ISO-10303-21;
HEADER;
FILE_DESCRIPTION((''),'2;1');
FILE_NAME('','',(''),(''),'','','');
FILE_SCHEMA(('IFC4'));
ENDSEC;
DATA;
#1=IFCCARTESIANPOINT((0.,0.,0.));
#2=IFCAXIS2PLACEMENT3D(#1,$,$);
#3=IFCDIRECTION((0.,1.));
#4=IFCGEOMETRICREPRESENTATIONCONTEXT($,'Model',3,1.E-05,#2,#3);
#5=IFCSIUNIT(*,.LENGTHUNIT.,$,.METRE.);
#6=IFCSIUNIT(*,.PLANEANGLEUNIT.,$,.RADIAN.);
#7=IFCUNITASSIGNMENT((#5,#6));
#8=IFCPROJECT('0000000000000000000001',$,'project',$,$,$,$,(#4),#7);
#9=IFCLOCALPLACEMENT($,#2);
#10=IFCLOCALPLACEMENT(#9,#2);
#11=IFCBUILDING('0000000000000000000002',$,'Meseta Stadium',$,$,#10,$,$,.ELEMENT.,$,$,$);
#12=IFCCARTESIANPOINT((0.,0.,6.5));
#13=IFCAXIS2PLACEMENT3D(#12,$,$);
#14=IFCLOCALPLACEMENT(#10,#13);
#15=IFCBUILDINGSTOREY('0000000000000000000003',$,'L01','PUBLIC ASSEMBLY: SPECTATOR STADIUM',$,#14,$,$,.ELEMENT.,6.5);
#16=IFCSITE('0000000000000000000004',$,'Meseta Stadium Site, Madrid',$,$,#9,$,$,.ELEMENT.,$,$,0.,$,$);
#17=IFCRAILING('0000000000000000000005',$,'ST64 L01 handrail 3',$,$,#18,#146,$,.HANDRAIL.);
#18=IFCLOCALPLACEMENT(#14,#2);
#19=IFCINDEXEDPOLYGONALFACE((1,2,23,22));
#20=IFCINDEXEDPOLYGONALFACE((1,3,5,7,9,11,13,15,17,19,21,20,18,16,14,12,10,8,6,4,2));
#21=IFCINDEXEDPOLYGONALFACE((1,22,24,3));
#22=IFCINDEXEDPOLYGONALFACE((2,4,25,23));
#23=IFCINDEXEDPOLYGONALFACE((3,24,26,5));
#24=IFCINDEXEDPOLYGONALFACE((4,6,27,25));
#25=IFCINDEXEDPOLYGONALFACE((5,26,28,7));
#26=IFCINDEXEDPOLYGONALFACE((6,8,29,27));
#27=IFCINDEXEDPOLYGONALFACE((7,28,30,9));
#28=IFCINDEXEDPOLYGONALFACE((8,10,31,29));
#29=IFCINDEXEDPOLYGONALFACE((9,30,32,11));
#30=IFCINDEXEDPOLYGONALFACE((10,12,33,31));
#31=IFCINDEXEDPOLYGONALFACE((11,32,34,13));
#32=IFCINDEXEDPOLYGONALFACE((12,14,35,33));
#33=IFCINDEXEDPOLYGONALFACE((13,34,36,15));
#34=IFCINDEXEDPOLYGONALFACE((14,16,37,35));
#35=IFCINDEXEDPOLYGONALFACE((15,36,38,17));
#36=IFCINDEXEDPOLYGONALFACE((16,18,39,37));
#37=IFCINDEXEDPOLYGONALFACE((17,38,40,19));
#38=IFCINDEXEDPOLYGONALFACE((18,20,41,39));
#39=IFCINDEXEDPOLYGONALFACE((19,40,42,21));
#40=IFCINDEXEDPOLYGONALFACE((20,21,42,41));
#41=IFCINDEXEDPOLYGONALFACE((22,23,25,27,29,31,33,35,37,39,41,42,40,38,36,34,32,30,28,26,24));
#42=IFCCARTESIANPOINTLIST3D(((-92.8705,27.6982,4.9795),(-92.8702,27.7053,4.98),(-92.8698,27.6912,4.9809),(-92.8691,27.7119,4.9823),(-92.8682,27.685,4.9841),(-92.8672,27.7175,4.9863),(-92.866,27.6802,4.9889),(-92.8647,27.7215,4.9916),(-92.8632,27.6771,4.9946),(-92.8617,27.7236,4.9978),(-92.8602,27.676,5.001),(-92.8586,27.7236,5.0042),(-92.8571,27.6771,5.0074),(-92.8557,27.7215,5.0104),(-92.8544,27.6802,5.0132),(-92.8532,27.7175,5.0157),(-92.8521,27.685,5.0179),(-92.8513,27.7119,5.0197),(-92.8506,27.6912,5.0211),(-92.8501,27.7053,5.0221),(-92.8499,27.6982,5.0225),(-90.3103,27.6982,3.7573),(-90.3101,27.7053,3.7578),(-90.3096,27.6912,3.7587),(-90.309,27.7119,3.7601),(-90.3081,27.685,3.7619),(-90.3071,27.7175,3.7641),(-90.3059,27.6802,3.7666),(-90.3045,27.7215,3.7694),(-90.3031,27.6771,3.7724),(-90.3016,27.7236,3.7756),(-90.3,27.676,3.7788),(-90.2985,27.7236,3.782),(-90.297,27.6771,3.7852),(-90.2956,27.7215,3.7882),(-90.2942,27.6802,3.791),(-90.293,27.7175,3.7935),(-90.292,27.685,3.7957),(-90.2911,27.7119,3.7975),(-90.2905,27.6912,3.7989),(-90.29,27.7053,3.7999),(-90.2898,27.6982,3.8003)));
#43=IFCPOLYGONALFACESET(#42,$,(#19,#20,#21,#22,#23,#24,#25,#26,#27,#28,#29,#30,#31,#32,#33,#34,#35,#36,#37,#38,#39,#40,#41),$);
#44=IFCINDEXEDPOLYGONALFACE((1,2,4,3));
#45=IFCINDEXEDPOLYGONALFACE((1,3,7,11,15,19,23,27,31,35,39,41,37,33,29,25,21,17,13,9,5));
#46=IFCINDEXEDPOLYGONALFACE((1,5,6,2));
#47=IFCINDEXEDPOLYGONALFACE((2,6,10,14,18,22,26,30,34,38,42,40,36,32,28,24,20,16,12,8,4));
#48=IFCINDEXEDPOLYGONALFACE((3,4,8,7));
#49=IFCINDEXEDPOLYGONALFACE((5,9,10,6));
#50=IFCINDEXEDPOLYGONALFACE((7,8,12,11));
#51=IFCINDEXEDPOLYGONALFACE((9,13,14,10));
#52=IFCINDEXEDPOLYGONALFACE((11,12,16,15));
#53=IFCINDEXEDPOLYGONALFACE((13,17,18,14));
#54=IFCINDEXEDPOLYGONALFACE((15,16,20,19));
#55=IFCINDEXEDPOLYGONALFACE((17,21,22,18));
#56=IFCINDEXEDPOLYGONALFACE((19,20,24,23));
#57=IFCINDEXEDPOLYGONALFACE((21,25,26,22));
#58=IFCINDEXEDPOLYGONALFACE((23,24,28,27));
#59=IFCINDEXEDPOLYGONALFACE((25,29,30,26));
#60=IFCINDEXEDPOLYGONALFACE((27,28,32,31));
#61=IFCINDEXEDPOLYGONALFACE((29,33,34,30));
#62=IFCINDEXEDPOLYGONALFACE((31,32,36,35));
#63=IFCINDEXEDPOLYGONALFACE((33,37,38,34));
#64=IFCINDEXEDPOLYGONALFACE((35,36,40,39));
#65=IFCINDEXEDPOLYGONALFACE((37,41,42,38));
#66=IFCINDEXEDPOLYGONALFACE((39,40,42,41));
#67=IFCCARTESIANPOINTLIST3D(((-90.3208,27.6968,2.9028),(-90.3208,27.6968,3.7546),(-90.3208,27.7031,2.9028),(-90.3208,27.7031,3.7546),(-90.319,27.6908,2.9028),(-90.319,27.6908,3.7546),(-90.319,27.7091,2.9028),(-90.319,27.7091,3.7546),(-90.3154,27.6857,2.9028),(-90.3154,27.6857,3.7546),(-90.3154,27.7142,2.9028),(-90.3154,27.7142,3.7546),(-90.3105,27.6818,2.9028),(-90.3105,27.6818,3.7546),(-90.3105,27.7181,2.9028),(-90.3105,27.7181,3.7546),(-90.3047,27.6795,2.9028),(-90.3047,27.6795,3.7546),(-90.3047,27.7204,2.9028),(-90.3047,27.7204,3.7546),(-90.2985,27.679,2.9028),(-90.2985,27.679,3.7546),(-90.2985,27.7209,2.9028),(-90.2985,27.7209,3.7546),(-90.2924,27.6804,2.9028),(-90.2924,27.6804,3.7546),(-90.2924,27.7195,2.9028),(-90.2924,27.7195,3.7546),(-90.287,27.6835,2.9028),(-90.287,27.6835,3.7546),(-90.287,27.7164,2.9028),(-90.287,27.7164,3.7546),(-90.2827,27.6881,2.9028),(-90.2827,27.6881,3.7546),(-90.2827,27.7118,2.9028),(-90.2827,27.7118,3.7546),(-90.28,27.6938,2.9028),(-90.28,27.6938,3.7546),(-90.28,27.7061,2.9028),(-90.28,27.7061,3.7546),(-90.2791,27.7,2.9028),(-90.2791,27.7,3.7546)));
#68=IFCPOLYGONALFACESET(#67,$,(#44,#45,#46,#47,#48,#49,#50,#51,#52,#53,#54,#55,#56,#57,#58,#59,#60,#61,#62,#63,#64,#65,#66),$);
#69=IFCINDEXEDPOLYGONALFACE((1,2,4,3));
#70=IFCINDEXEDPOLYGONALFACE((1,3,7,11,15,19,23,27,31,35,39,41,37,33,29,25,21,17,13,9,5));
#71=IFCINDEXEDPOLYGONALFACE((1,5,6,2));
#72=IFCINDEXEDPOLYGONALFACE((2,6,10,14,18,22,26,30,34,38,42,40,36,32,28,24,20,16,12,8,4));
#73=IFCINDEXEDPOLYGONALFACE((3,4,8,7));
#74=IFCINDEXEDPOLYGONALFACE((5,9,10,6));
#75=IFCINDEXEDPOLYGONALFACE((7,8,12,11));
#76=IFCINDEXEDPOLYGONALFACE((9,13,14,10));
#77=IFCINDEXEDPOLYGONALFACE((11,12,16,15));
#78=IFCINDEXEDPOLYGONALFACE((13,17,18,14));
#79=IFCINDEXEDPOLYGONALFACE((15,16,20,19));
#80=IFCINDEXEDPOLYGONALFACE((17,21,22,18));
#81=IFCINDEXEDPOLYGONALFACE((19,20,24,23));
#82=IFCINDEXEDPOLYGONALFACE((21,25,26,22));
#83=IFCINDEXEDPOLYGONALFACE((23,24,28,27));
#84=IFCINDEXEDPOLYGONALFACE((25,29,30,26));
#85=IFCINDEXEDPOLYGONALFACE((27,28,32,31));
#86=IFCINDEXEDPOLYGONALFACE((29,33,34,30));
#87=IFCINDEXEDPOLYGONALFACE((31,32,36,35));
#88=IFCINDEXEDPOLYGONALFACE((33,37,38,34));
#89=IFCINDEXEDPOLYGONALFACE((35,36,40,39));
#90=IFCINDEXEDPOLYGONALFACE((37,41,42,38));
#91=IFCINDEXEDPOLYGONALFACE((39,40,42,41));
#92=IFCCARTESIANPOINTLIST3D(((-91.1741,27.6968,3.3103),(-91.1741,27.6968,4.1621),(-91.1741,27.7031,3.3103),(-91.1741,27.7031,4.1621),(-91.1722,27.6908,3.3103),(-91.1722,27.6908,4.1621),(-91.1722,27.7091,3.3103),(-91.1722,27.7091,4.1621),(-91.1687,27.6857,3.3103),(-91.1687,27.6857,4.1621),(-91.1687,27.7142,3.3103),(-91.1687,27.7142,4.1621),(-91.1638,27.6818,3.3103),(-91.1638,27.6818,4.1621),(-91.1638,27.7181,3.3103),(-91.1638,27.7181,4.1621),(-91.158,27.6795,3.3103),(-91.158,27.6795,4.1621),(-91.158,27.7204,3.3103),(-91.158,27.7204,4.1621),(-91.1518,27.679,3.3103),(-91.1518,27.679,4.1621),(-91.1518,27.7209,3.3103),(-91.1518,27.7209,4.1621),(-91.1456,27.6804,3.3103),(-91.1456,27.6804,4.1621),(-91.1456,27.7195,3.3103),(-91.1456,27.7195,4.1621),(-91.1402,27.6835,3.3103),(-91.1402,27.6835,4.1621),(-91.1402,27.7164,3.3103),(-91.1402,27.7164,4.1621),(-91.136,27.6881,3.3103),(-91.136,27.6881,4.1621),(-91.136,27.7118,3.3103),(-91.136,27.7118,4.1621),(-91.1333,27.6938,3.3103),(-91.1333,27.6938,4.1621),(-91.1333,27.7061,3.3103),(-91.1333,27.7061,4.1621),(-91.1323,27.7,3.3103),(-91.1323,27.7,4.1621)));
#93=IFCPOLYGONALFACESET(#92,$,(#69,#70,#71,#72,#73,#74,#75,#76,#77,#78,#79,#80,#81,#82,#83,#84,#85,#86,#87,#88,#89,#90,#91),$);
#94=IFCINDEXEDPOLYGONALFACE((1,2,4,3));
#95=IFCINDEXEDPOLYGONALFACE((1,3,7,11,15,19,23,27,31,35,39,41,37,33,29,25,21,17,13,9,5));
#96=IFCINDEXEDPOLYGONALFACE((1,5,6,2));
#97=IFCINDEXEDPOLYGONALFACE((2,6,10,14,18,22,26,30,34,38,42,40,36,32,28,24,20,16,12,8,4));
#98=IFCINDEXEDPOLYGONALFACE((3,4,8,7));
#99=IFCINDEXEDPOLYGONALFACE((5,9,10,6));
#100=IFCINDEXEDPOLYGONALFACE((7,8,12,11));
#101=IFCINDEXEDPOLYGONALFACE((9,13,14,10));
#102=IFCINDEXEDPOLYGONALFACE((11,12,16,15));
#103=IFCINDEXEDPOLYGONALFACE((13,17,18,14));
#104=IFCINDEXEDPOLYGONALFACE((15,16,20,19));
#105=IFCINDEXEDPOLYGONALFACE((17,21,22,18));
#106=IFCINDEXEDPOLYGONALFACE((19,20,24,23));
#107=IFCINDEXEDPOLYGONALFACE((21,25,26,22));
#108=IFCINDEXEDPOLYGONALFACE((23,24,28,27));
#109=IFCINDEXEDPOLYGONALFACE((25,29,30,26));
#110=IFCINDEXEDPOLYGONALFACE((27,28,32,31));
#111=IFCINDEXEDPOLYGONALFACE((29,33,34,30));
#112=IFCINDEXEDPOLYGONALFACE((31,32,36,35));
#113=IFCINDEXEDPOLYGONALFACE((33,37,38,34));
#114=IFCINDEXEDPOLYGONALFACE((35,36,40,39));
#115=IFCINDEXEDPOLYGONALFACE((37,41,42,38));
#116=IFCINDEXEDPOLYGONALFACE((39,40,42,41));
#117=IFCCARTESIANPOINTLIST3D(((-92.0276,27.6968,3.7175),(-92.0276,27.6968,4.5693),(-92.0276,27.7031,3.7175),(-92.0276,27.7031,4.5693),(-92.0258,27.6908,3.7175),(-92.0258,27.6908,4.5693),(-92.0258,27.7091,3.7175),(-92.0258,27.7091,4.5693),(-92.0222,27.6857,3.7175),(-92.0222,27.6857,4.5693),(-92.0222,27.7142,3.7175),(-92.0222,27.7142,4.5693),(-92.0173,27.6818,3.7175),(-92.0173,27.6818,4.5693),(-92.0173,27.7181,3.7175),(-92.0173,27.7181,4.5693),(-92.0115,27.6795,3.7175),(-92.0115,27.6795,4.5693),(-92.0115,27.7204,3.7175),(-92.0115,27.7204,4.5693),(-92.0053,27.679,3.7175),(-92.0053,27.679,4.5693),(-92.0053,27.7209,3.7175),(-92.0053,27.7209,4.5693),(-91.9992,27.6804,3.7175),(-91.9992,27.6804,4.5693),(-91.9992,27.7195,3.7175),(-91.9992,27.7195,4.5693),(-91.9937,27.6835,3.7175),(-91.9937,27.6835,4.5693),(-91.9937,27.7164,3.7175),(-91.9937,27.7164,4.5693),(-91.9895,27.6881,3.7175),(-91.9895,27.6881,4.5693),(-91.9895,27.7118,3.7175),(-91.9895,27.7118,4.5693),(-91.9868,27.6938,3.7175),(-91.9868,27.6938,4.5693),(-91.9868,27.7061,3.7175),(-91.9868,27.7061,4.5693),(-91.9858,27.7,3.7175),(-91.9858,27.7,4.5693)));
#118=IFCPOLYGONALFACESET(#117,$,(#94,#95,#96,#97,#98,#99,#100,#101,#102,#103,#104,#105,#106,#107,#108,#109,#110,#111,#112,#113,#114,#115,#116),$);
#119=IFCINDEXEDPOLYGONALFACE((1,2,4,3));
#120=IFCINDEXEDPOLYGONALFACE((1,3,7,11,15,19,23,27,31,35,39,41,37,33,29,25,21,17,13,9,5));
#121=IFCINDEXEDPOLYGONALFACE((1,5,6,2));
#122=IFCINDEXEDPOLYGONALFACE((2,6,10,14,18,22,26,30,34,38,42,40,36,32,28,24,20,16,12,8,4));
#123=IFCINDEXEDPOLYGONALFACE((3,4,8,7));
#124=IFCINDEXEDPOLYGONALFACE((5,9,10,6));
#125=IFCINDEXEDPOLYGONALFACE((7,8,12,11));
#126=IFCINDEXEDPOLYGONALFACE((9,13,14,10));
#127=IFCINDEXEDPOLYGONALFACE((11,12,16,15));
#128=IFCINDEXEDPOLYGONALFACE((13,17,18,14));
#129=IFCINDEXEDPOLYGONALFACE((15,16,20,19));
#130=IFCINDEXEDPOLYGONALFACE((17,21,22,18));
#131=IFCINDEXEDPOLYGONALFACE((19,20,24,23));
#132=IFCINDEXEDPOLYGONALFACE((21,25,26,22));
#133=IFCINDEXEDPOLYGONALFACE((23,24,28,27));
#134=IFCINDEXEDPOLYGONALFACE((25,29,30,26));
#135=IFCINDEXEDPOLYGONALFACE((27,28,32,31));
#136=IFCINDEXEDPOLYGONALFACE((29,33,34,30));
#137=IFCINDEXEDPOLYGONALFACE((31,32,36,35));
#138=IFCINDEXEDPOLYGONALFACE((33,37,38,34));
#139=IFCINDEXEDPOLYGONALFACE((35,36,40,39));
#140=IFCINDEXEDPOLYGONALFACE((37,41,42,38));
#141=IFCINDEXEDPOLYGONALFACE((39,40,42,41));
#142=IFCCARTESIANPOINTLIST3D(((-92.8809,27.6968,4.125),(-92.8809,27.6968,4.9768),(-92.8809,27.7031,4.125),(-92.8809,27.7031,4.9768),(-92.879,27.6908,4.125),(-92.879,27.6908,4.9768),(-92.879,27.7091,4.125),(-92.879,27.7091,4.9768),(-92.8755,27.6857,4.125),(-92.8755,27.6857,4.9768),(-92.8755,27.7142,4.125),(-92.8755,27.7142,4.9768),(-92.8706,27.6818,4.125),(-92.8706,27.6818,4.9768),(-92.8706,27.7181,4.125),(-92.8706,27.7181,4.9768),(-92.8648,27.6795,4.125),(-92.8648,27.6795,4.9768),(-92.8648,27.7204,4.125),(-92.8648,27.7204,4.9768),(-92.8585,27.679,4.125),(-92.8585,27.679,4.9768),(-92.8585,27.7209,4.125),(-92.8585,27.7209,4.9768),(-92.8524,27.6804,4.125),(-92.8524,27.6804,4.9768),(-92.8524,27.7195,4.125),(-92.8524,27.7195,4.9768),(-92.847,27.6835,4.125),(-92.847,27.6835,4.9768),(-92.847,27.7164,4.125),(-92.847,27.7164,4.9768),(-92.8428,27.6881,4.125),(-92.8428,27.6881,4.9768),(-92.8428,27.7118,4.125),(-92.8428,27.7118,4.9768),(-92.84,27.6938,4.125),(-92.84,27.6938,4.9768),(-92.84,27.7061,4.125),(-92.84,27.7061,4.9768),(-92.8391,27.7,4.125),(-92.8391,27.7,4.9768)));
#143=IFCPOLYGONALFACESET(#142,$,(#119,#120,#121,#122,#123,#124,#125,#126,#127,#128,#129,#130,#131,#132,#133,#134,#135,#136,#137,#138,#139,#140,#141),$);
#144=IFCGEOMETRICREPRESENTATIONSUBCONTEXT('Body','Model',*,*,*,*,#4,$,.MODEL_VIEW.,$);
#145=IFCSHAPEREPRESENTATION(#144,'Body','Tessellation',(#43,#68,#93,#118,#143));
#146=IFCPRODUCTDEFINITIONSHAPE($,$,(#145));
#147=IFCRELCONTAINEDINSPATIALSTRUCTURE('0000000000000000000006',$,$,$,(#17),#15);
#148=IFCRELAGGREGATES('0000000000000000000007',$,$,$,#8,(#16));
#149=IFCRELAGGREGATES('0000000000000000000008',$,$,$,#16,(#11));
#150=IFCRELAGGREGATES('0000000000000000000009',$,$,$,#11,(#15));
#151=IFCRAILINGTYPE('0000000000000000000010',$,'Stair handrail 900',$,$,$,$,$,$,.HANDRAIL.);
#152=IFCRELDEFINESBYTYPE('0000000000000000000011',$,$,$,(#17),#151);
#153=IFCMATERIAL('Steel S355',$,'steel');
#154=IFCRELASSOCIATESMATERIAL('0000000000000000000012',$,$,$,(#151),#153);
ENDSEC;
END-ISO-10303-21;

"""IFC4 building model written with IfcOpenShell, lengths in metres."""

from ifc_helpers import new_model, si_unit, direction, frame, origin, origin_2d, place, context, subcontext, project, spatial, circle, extrude, material, type_object, element, save


model = new_model("IFC4")

# Units and contexts
model_context = context("Model", 3, precision=1e-05, world=origin(), true_north=direction((0.0, 1.0)))
body_context = subcontext(model_context, "Body", "Model", "MODEL_VIEW")
ifc_project = project(units=[si_unit("LENGTHUNIT", "METRE"), si_unit("PLANEANGLEUNIT", "RADIAN")], contexts=[model_context])

# Site, building, storey
site_placement = place(None, origin())
site = spatial("IfcSite", under=ifc_project, at=site_placement, Name="Meseta Stadium Site, Madrid", CompositionType="ELEMENT", RefElevation=0.0)
building_placement = place(site_placement, origin())
building = spatial("IfcBuilding", under=site, at=building_placement, Name="Meseta Stadium", CompositionType="ELEMENT")
storey_placement = place(building_placement, frame((0.0, 0.0, 6.5)))
storey = spatial("IfcBuildingStorey", under=building, at=storey_placement, Name="L01", Description="PUBLIC ASSEMBLY: SPECTATOR STADIUM", CompositionType="ELEMENT", Elevation=6.5)

# Railing
ifc_material_1 = material(Name="Steel S355", Category="steel")
railing_type_1 = type_object("IfcRailingType", Name="Stair handrail 900", PredefinedType="HANDRAIL", material=ifc_material_1)
for number, where, name in (
    (1, (-90.3, 27.7, 2.9028), "ST64 L01 handrail 3"),
):
    element("IfcRailing", number, at=place(storey_placement, frame(where)), inside=storey, type_object=railing_type_1, Name=name, PredefinedType="HANDRAIL", context=body_context, shape_type="SweptSolid", body=[
        extrude(circle(Radius=0.0239, at=origin_2d()), frame((0.0, 0.0, 0.876), z_axis=(-0.902437, 0.0, 0.430822), x_axis=(0.0, -1.0, 0.0)), (0.0, 0.0, 1.0), 2.8369),
        extrude(circle(Radius=0.021, at=origin_2d()), origin(), (0.0, 0.0, 1.0), 0.8518),
        extrude(circle(Radius=0.021, at=origin_2d()), frame((-0.8533, 0.0, 0.4075)), (0.0, 0.0, 1.0), 0.8518),
        extrude(circle(Radius=0.021, at=origin_2d()), frame((-1.7068, 0.0, 0.8147)), (0.0, 0.0, 1.0), 0.8518),
        extrude(circle(Radius=0.021, at=origin_2d()), frame((-2.5601, 0.0, 1.2222)), (0.0, 0.0, 1.0), 0.8518),
    ])

save(model, "model.ifc")
